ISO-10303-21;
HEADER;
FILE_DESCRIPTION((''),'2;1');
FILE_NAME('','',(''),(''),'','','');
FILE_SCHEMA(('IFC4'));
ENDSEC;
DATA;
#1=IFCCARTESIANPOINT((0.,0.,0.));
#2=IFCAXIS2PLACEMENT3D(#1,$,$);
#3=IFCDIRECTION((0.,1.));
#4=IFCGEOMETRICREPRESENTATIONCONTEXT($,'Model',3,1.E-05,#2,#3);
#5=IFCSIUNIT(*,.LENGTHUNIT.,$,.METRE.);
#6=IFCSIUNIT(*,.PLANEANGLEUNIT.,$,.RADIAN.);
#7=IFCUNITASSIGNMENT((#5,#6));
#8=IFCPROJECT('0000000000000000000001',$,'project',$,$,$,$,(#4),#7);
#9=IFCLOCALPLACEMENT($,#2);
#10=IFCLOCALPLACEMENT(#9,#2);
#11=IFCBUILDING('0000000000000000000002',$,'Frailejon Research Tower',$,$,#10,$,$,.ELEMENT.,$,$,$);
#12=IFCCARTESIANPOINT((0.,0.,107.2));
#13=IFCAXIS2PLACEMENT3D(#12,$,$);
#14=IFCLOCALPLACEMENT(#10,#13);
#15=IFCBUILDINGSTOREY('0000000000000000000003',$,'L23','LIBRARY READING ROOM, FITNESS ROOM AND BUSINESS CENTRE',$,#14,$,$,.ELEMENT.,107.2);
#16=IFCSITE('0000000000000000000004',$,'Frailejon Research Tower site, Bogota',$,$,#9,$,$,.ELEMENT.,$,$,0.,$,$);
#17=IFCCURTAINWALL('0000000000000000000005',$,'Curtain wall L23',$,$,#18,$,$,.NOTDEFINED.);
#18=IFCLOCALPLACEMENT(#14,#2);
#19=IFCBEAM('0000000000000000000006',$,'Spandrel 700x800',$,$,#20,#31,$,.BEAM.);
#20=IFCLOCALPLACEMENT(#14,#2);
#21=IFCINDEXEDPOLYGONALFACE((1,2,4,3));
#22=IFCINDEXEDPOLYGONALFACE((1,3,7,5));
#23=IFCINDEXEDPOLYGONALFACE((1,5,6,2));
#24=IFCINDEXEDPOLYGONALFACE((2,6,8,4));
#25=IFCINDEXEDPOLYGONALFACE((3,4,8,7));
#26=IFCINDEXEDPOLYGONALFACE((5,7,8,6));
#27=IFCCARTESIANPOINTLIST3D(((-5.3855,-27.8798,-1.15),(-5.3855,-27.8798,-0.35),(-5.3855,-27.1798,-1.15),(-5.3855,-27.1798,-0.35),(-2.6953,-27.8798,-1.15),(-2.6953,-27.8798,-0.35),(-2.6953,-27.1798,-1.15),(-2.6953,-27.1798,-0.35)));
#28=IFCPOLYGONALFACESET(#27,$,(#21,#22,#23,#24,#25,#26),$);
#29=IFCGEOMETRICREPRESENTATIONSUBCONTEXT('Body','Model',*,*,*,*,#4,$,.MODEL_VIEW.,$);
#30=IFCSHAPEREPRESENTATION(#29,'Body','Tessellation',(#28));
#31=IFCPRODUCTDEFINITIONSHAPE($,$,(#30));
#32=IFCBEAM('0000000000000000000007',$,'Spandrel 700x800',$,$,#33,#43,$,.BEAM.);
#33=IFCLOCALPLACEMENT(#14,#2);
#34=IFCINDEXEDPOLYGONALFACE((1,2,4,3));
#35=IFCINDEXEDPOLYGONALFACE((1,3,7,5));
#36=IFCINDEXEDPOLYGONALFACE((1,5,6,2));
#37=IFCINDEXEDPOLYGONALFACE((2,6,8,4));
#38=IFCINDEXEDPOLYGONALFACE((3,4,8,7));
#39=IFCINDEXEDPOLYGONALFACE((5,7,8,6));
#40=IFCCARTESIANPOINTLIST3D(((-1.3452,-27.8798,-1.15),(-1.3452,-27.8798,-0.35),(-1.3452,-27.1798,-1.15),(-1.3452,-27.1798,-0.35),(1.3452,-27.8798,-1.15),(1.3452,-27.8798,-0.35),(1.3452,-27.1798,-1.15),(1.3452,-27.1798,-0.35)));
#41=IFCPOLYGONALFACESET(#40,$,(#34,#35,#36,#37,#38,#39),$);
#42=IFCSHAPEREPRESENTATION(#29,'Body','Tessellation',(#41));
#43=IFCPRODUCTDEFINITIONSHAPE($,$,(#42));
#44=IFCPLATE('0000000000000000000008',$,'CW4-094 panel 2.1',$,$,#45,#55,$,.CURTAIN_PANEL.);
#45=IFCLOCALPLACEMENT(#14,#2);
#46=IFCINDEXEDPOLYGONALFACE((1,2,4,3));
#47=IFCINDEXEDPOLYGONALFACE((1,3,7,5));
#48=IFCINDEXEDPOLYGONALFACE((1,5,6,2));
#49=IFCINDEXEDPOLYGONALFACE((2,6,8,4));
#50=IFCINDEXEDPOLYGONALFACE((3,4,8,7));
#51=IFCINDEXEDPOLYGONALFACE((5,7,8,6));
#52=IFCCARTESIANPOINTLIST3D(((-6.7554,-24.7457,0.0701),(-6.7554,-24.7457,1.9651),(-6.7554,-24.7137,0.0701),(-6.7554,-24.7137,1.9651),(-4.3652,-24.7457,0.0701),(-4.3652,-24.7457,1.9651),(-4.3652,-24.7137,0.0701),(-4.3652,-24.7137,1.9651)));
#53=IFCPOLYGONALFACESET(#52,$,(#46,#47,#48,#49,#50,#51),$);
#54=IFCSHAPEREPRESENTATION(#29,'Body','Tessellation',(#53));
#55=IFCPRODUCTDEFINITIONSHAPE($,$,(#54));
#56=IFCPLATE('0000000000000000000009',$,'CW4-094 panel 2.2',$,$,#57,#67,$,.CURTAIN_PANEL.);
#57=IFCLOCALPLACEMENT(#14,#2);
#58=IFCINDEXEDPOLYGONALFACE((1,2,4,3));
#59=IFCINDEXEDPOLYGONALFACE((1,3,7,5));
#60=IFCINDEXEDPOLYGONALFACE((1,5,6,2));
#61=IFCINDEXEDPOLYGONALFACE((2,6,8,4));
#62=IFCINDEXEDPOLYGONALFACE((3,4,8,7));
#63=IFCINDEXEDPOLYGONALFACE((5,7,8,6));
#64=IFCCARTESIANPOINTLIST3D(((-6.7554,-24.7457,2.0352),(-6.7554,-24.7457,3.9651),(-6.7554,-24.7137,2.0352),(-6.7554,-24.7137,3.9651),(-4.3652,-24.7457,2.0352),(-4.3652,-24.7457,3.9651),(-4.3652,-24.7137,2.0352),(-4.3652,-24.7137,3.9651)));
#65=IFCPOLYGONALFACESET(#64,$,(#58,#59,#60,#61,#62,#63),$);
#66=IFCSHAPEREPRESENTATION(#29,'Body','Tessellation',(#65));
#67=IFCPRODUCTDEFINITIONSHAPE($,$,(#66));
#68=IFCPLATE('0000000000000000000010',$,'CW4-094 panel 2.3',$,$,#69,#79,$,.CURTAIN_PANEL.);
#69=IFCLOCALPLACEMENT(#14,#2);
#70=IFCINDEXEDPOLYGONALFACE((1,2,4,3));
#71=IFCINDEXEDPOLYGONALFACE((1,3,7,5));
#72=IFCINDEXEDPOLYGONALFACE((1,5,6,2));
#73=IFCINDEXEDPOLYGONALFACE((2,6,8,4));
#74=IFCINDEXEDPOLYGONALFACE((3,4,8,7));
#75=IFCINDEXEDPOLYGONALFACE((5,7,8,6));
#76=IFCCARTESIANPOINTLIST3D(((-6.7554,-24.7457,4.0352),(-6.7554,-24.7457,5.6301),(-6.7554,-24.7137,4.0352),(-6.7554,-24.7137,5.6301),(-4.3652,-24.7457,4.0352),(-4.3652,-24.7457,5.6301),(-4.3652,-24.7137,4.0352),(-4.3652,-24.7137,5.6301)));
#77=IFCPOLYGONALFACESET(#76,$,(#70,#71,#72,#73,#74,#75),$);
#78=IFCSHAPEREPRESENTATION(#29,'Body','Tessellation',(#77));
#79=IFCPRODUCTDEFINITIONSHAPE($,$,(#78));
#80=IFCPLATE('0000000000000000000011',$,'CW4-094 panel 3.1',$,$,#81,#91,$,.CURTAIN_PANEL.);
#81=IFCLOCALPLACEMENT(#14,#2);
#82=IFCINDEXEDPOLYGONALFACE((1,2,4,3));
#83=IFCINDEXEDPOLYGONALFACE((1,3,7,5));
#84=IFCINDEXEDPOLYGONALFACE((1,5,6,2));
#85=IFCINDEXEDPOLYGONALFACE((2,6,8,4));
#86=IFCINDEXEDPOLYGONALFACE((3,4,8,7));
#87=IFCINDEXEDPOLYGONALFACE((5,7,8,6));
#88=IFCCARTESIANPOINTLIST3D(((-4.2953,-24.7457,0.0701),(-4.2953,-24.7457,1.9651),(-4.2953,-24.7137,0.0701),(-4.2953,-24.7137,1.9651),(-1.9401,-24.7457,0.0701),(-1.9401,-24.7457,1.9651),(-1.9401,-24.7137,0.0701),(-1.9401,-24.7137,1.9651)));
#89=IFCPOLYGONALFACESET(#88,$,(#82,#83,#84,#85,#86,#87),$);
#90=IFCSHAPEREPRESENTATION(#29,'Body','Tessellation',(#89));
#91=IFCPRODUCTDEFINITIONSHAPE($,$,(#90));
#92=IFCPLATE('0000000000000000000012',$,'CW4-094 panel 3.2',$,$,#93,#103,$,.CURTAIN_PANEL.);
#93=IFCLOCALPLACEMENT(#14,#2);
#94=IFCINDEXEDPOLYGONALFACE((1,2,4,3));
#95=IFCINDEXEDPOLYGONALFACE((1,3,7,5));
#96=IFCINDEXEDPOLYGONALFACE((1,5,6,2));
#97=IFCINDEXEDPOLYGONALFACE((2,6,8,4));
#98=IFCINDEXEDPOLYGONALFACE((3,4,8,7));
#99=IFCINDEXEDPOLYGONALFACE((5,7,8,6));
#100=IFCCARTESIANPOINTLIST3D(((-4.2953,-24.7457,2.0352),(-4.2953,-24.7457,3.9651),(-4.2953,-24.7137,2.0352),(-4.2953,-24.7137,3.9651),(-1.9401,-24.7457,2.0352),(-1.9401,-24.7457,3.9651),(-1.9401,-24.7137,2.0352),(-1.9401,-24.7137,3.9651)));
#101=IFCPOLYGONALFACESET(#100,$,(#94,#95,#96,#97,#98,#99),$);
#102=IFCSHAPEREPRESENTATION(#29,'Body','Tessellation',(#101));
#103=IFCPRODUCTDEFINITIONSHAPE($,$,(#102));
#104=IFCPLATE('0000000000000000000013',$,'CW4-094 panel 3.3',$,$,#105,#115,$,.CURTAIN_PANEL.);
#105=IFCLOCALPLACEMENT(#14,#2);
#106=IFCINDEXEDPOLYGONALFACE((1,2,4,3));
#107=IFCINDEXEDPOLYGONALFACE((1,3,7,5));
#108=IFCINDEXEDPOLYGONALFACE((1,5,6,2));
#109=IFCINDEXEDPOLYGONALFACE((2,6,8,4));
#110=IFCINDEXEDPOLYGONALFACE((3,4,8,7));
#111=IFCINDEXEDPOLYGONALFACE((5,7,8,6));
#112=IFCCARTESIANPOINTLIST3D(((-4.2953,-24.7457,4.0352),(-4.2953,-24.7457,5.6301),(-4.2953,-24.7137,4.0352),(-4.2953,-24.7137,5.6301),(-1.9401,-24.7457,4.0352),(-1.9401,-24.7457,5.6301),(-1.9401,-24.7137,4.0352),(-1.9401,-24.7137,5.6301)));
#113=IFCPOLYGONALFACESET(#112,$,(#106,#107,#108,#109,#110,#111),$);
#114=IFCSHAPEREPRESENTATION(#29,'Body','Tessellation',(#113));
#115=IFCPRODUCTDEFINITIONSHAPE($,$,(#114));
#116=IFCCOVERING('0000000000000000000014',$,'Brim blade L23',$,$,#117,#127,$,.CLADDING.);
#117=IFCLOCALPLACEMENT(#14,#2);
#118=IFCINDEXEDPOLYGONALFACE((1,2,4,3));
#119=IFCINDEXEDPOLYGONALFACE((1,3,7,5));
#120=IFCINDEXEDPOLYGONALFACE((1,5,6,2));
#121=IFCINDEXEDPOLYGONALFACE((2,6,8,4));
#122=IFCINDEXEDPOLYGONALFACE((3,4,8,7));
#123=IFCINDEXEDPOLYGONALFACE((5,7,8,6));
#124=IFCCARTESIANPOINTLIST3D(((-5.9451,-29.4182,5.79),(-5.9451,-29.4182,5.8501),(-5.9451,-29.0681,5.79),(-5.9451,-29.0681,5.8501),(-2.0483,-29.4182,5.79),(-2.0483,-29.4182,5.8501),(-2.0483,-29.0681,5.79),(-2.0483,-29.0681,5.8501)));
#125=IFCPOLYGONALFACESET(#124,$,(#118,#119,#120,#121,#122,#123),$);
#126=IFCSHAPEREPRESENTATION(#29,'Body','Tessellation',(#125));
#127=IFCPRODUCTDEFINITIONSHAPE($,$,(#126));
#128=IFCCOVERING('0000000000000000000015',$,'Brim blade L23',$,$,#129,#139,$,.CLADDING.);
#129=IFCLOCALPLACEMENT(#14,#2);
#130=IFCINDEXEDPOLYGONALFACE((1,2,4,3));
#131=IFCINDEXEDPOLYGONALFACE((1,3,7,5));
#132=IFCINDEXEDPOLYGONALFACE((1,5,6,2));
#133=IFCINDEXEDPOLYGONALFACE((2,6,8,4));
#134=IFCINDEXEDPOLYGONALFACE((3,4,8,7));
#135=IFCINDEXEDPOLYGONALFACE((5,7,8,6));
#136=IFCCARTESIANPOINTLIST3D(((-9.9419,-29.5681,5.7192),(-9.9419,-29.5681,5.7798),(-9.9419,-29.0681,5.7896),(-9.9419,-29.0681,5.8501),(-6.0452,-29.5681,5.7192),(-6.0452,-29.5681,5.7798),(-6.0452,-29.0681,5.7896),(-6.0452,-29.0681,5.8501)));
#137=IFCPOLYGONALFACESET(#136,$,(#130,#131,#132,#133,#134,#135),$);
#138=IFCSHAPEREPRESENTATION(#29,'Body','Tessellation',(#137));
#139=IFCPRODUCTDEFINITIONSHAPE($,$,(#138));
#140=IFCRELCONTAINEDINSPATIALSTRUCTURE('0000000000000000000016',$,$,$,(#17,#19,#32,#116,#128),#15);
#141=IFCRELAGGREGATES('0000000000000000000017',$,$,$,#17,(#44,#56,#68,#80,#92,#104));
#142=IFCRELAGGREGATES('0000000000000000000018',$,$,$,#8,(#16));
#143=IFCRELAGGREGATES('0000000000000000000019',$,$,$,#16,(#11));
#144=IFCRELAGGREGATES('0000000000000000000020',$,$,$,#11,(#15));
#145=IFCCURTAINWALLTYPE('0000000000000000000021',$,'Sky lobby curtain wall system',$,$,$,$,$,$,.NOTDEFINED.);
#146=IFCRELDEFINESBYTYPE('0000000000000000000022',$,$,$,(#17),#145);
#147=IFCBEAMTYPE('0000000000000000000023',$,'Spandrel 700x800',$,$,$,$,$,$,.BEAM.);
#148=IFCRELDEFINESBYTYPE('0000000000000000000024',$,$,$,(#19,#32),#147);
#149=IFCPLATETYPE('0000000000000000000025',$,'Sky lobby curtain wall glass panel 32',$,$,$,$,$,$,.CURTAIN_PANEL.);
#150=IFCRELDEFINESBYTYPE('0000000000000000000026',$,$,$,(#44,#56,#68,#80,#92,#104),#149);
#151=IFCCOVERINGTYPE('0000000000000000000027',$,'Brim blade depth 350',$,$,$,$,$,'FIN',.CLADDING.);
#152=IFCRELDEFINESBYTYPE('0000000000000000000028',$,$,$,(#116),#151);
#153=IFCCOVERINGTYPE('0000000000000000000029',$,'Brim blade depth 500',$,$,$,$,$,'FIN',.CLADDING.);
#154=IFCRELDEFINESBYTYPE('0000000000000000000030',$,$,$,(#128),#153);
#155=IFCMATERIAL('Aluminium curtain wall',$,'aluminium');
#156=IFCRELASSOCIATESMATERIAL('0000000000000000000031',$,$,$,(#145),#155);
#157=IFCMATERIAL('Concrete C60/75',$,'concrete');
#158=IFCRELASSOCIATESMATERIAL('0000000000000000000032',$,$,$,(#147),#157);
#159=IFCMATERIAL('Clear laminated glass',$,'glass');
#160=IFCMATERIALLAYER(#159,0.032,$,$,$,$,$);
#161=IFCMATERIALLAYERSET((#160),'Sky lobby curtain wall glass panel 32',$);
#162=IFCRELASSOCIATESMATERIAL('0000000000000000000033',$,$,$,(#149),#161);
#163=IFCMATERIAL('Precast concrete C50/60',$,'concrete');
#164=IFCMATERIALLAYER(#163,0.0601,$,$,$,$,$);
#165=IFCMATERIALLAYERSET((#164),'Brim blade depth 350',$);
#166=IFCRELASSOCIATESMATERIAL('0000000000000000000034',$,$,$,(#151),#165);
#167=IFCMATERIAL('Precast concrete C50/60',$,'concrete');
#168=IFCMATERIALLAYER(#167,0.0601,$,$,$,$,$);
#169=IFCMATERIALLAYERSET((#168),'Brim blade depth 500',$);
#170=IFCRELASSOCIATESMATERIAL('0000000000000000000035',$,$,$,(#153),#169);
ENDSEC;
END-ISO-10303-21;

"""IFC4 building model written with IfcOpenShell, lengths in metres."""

from ifc_helpers import new_model, si_unit, direction, frame, origin, origin_2d, place, context, subcontext, project, spatial, polyline, rectangle, outline, extrude, material, layer, layer_set, material_profile, profile_set, type_object, element, aggregate, save


model = new_model("IFC4")

# Units and contexts
model_context = context("Model", 3, precision=1e-05, world=origin(), true_north=direction((0.0, 1.0)))
body_context = subcontext(model_context, "Body", "Model", "MODEL_VIEW")
ifc_project = project(units=[si_unit("LENGTHUNIT", "METRE"), si_unit("PLANEANGLEUNIT", "RADIAN")], contexts=[model_context])

# Site, building, storey
site_placement = place(None, origin())
site = spatial("IfcSite", under=ifc_project, at=site_placement, Name="Frailejon Research Tower site, Bogota", CompositionType="ELEMENT", RefElevation=0.0)
building_placement = place(site_placement, origin())
building = spatial("IfcBuilding", under=site, at=building_placement, Name="Frailejon Research Tower", CompositionType="ELEMENT")
storey_placement = place(building_placement, frame((0.0, 0.0, 107.2)))
storey = spatial("IfcBuildingStorey", under=building, at=storey_placement, Name="L23", Description="LIBRARY READING ROOM, FITNESS ROOM AND BUSINESS CENTRE", CompositionType="ELEMENT", Elevation=107.2)

# Curtain wall
ifc_material_1 = material(Name="Aluminium curtain wall", Category="aluminium")
curtain_wall_type = type_object("IfcCurtainWallType", Name="Sky lobby curtain wall system", PredefinedType="NOTDEFINED", material=ifc_material_1)
curtain_wall_placement = place(storey_placement, origin())
curtain_wall = element("IfcCurtainWall", 1, at=curtain_wall_placement, inside=storey, type_object=curtain_wall_type, Name="Curtain wall L23", PredefinedType="NOTDEFINED")

# Beams
ifc_material_2 = material(Name="Concrete C60/75", Category="concrete")
ifc_material_profile_1 = material_profile(ifc_material_2, rectangle(XDim=0.7, YDim=0.8, at=origin_2d()), Name="Spandrel 700x800")
ifc_profile_set_1 = profile_set([ifc_material_profile_1], Name="Concrete C60/75")
beam_type_1 = type_object("IfcBeamType", Name="Spandrel 700x800", PredefinedType="BEAM", material=ifc_profile_set_1)
beam_1_placement = place(storey_placement, frame((-5.3855, -27.5298, -0.75), z_axis=(1.0, 0.0, 0.0), x_axis=(0.0, 1.0, 0.0)))
element("IfcBeam", 2, at=beam_1_placement, inside=storey, type_object=beam_type_1, Name="Spandrel 700x800", PredefinedType="BEAM", context=body_context, shape_type="SweptSolid", body=[
    extrude(rectangle(XDim=0.7, YDim=0.8, at=origin_2d()), origin(), (0.0, 0.0, 1.0), 2.6902),
])
beam_2_placement = place(storey_placement, frame((-1.3452, -27.5298, -0.75), z_axis=(1.0, 0.0, 0.0), x_axis=(0.0, 1.0, 0.0)))
element("IfcBeam", 3, at=beam_2_placement, inside=storey, type_object=beam_type_1, Name="Spandrel 700x800", PredefinedType="BEAM", context=body_context, shape_type="SweptSolid", body=[
    extrude(rectangle(XDim=0.7, YDim=0.8, at=origin_2d()), origin(), (0.0, 0.0, 1.0), 2.6904),
])

# Plates
ifc_material_3 = material(Name="Clear laminated glass", Category="glass")
ifc_layer_1 = layer(ifc_material_3, 0.032)
ifc_layer_set_1 = layer_set([ifc_layer_1], Name="Sky lobby curtain wall glass panel 32")
plate_type = type_object("IfcPlateType", Name="Sky lobby curtain wall glass panel 32", PredefinedType="CURTAIN_PANEL", material=ifc_layer_set_1)
plate_1_placement = place(storey_placement, frame((-5.5603, -24.7297, 0.0701), z_axis=(0.0, 0.0, 1.0), x_axis=(1.0, 0.0, 0.0)))
plate_1 = element("IfcPlate", 4, at=plate_1_placement, type_object=plate_type, Name="CW4-094 panel 2.1", PredefinedType="CURTAIN_PANEL", context=body_context, shape_type="SweptSolid", body=[
    extrude(rectangle(XDim=2.3901, YDim=0.032, at=origin_2d()), origin(), (0.0, 0.0, 1.0), 1.895),
])
plate_2_placement = place(storey_placement, frame((-5.5603, -24.7297, 2.0352), z_axis=(0.0, 0.0, 1.0), x_axis=(1.0, 0.0, 0.0)))
plate_2 = element("IfcPlate", 5, at=plate_2_placement, type_object=plate_type, Name="CW4-094 panel 2.2", PredefinedType="CURTAIN_PANEL", context=body_context, shape_type="SweptSolid", body=[
    extrude(rectangle(XDim=2.3901, YDim=0.032, at=origin_2d()), origin(), (0.0, 0.0, 1.0), 1.9299),
])
plate_3_placement = place(storey_placement, frame((-5.5603, -24.7297, 4.0352), z_axis=(0.0, 0.0, 1.0), x_axis=(1.0, 0.0, 0.0)))
plate_3 = element("IfcPlate", 6, at=plate_3_placement, type_object=plate_type, Name="CW4-094 panel 2.3", PredefinedType="CURTAIN_PANEL", context=body_context, shape_type="SweptSolid", body=[
    extrude(rectangle(XDim=2.3901, YDim=0.032, at=origin_2d()), origin(), (0.0, 0.0, 1.0), 1.595),
])
plate_4_placement = place(storey_placement, frame((-3.1177, -24.7297, 0.0701), z_axis=(0.0, 0.0, 1.0), x_axis=(1.0, 0.0, 0.0)))
plate_4 = element("IfcPlate", 7, at=plate_4_placement, type_object=plate_type, Name="CW4-094 panel 3.1", PredefinedType="CURTAIN_PANEL", context=body_context, shape_type="SweptSolid", body=[
    extrude(rectangle(XDim=2.3552, YDim=0.032, at=origin_2d()), origin(), (0.0, 0.0, 1.0), 1.895),
])
plate_5_placement = place(storey_placement, frame((-3.1177, -24.7297, 2.0352), z_axis=(0.0, 0.0, 1.0), x_axis=(1.0, 0.0, 0.0)))
plate_5 = element("IfcPlate", 8, at=plate_5_placement, type_object=plate_type, Name="CW4-094 panel 3.2", PredefinedType="CURTAIN_PANEL", context=body_context, shape_type="SweptSolid", body=[
    extrude(rectangle(XDim=2.3552, YDim=0.032, at=origin_2d()), origin(), (0.0, 0.0, 1.0), 1.9299),
])
plate_6_placement = place(storey_placement, frame((-3.1177, -24.7297, 4.0352), z_axis=(0.0, 0.0, 1.0), x_axis=(1.0, 0.0, 0.0)))
plate_6 = element("IfcPlate", 9, at=plate_6_placement, type_object=plate_type, Name="CW4-094 panel 3.3", PredefinedType="CURTAIN_PANEL", context=body_context, shape_type="SweptSolid", body=[
    extrude(rectangle(XDim=2.3552, YDim=0.032, at=origin_2d()), origin(), (0.0, 0.0, 1.0), 1.595),
])
aggregate(curtain_wall, [plate_1, plate_2, plate_3, plate_4, plate_5, plate_6])

# Coverings
ifc_material_4 = material(Name="Precast concrete C50/60", Category="concrete")
ifc_layer_2 = layer(ifc_material_4, 0.0601)
ifc_layer_set_2 = layer_set([ifc_layer_2], Name="Brim blade depth 350")
covering_type_1 = type_object("IfcCoveringType", Name="Brim blade depth 350", ElementType="FIN", PredefinedType="CLADDING", material=ifc_layer_set_2)
covering_1_placement = place(storey_placement, frame((-2.0483, -29.0681, 5.8501), z_axis=(-1.0, 0.0, 0.0), x_axis=(0.0, -1.0, 0.0)))
element("IfcCovering", 10, at=covering_1_placement, inside=storey, type_object=covering_type_1, Name="Brim blade L23", PredefinedType="CLADDING", context=body_context, shape_type="SweptSolid", body=[
    extrude(outline(polyline([(0.0, -0.0601), (0.3501, -0.0601), (0.3501, 0.0), (0.0, 0.0), (0.0, -0.0601)])), origin(), (0.0, 0.0, 1.0), 3.8967),
])
ifc_material_5 = material(Name="Precast concrete C50/60", Category="concrete")
ifc_layer_3 = layer(ifc_material_5, 0.0601)
ifc_layer_set_3 = layer_set([ifc_layer_3], Name="Brim blade depth 500")
covering_type_2 = type_object("IfcCoveringType", Name="Brim blade depth 500", ElementType="FIN", PredefinedType="CLADDING", material=ifc_layer_set_3)
covering_2_placement = place(storey_placement, frame((-6.0452, -29.0681, 5.8501), z_axis=(-1.0, 0.0, 0.0), x_axis=(0.0, -1.0, 0.0)))
element("IfcCovering", 11, at=covering_2_placement, inside=storey, type_object=covering_type_2, Name="Brim blade L23", PredefinedType="CLADDING", context=body_context, shape_type="SweptSolid", body=[
    extrude(outline(polyline([(0.0, -0.0605), (0.5, -0.1309), (0.5, -0.0703), (0.0, 0.0), (0.0, -0.0605)])), origin(), (0.0, 0.0, 1.0), 3.8967),
])

save(model, "model.ifc")
